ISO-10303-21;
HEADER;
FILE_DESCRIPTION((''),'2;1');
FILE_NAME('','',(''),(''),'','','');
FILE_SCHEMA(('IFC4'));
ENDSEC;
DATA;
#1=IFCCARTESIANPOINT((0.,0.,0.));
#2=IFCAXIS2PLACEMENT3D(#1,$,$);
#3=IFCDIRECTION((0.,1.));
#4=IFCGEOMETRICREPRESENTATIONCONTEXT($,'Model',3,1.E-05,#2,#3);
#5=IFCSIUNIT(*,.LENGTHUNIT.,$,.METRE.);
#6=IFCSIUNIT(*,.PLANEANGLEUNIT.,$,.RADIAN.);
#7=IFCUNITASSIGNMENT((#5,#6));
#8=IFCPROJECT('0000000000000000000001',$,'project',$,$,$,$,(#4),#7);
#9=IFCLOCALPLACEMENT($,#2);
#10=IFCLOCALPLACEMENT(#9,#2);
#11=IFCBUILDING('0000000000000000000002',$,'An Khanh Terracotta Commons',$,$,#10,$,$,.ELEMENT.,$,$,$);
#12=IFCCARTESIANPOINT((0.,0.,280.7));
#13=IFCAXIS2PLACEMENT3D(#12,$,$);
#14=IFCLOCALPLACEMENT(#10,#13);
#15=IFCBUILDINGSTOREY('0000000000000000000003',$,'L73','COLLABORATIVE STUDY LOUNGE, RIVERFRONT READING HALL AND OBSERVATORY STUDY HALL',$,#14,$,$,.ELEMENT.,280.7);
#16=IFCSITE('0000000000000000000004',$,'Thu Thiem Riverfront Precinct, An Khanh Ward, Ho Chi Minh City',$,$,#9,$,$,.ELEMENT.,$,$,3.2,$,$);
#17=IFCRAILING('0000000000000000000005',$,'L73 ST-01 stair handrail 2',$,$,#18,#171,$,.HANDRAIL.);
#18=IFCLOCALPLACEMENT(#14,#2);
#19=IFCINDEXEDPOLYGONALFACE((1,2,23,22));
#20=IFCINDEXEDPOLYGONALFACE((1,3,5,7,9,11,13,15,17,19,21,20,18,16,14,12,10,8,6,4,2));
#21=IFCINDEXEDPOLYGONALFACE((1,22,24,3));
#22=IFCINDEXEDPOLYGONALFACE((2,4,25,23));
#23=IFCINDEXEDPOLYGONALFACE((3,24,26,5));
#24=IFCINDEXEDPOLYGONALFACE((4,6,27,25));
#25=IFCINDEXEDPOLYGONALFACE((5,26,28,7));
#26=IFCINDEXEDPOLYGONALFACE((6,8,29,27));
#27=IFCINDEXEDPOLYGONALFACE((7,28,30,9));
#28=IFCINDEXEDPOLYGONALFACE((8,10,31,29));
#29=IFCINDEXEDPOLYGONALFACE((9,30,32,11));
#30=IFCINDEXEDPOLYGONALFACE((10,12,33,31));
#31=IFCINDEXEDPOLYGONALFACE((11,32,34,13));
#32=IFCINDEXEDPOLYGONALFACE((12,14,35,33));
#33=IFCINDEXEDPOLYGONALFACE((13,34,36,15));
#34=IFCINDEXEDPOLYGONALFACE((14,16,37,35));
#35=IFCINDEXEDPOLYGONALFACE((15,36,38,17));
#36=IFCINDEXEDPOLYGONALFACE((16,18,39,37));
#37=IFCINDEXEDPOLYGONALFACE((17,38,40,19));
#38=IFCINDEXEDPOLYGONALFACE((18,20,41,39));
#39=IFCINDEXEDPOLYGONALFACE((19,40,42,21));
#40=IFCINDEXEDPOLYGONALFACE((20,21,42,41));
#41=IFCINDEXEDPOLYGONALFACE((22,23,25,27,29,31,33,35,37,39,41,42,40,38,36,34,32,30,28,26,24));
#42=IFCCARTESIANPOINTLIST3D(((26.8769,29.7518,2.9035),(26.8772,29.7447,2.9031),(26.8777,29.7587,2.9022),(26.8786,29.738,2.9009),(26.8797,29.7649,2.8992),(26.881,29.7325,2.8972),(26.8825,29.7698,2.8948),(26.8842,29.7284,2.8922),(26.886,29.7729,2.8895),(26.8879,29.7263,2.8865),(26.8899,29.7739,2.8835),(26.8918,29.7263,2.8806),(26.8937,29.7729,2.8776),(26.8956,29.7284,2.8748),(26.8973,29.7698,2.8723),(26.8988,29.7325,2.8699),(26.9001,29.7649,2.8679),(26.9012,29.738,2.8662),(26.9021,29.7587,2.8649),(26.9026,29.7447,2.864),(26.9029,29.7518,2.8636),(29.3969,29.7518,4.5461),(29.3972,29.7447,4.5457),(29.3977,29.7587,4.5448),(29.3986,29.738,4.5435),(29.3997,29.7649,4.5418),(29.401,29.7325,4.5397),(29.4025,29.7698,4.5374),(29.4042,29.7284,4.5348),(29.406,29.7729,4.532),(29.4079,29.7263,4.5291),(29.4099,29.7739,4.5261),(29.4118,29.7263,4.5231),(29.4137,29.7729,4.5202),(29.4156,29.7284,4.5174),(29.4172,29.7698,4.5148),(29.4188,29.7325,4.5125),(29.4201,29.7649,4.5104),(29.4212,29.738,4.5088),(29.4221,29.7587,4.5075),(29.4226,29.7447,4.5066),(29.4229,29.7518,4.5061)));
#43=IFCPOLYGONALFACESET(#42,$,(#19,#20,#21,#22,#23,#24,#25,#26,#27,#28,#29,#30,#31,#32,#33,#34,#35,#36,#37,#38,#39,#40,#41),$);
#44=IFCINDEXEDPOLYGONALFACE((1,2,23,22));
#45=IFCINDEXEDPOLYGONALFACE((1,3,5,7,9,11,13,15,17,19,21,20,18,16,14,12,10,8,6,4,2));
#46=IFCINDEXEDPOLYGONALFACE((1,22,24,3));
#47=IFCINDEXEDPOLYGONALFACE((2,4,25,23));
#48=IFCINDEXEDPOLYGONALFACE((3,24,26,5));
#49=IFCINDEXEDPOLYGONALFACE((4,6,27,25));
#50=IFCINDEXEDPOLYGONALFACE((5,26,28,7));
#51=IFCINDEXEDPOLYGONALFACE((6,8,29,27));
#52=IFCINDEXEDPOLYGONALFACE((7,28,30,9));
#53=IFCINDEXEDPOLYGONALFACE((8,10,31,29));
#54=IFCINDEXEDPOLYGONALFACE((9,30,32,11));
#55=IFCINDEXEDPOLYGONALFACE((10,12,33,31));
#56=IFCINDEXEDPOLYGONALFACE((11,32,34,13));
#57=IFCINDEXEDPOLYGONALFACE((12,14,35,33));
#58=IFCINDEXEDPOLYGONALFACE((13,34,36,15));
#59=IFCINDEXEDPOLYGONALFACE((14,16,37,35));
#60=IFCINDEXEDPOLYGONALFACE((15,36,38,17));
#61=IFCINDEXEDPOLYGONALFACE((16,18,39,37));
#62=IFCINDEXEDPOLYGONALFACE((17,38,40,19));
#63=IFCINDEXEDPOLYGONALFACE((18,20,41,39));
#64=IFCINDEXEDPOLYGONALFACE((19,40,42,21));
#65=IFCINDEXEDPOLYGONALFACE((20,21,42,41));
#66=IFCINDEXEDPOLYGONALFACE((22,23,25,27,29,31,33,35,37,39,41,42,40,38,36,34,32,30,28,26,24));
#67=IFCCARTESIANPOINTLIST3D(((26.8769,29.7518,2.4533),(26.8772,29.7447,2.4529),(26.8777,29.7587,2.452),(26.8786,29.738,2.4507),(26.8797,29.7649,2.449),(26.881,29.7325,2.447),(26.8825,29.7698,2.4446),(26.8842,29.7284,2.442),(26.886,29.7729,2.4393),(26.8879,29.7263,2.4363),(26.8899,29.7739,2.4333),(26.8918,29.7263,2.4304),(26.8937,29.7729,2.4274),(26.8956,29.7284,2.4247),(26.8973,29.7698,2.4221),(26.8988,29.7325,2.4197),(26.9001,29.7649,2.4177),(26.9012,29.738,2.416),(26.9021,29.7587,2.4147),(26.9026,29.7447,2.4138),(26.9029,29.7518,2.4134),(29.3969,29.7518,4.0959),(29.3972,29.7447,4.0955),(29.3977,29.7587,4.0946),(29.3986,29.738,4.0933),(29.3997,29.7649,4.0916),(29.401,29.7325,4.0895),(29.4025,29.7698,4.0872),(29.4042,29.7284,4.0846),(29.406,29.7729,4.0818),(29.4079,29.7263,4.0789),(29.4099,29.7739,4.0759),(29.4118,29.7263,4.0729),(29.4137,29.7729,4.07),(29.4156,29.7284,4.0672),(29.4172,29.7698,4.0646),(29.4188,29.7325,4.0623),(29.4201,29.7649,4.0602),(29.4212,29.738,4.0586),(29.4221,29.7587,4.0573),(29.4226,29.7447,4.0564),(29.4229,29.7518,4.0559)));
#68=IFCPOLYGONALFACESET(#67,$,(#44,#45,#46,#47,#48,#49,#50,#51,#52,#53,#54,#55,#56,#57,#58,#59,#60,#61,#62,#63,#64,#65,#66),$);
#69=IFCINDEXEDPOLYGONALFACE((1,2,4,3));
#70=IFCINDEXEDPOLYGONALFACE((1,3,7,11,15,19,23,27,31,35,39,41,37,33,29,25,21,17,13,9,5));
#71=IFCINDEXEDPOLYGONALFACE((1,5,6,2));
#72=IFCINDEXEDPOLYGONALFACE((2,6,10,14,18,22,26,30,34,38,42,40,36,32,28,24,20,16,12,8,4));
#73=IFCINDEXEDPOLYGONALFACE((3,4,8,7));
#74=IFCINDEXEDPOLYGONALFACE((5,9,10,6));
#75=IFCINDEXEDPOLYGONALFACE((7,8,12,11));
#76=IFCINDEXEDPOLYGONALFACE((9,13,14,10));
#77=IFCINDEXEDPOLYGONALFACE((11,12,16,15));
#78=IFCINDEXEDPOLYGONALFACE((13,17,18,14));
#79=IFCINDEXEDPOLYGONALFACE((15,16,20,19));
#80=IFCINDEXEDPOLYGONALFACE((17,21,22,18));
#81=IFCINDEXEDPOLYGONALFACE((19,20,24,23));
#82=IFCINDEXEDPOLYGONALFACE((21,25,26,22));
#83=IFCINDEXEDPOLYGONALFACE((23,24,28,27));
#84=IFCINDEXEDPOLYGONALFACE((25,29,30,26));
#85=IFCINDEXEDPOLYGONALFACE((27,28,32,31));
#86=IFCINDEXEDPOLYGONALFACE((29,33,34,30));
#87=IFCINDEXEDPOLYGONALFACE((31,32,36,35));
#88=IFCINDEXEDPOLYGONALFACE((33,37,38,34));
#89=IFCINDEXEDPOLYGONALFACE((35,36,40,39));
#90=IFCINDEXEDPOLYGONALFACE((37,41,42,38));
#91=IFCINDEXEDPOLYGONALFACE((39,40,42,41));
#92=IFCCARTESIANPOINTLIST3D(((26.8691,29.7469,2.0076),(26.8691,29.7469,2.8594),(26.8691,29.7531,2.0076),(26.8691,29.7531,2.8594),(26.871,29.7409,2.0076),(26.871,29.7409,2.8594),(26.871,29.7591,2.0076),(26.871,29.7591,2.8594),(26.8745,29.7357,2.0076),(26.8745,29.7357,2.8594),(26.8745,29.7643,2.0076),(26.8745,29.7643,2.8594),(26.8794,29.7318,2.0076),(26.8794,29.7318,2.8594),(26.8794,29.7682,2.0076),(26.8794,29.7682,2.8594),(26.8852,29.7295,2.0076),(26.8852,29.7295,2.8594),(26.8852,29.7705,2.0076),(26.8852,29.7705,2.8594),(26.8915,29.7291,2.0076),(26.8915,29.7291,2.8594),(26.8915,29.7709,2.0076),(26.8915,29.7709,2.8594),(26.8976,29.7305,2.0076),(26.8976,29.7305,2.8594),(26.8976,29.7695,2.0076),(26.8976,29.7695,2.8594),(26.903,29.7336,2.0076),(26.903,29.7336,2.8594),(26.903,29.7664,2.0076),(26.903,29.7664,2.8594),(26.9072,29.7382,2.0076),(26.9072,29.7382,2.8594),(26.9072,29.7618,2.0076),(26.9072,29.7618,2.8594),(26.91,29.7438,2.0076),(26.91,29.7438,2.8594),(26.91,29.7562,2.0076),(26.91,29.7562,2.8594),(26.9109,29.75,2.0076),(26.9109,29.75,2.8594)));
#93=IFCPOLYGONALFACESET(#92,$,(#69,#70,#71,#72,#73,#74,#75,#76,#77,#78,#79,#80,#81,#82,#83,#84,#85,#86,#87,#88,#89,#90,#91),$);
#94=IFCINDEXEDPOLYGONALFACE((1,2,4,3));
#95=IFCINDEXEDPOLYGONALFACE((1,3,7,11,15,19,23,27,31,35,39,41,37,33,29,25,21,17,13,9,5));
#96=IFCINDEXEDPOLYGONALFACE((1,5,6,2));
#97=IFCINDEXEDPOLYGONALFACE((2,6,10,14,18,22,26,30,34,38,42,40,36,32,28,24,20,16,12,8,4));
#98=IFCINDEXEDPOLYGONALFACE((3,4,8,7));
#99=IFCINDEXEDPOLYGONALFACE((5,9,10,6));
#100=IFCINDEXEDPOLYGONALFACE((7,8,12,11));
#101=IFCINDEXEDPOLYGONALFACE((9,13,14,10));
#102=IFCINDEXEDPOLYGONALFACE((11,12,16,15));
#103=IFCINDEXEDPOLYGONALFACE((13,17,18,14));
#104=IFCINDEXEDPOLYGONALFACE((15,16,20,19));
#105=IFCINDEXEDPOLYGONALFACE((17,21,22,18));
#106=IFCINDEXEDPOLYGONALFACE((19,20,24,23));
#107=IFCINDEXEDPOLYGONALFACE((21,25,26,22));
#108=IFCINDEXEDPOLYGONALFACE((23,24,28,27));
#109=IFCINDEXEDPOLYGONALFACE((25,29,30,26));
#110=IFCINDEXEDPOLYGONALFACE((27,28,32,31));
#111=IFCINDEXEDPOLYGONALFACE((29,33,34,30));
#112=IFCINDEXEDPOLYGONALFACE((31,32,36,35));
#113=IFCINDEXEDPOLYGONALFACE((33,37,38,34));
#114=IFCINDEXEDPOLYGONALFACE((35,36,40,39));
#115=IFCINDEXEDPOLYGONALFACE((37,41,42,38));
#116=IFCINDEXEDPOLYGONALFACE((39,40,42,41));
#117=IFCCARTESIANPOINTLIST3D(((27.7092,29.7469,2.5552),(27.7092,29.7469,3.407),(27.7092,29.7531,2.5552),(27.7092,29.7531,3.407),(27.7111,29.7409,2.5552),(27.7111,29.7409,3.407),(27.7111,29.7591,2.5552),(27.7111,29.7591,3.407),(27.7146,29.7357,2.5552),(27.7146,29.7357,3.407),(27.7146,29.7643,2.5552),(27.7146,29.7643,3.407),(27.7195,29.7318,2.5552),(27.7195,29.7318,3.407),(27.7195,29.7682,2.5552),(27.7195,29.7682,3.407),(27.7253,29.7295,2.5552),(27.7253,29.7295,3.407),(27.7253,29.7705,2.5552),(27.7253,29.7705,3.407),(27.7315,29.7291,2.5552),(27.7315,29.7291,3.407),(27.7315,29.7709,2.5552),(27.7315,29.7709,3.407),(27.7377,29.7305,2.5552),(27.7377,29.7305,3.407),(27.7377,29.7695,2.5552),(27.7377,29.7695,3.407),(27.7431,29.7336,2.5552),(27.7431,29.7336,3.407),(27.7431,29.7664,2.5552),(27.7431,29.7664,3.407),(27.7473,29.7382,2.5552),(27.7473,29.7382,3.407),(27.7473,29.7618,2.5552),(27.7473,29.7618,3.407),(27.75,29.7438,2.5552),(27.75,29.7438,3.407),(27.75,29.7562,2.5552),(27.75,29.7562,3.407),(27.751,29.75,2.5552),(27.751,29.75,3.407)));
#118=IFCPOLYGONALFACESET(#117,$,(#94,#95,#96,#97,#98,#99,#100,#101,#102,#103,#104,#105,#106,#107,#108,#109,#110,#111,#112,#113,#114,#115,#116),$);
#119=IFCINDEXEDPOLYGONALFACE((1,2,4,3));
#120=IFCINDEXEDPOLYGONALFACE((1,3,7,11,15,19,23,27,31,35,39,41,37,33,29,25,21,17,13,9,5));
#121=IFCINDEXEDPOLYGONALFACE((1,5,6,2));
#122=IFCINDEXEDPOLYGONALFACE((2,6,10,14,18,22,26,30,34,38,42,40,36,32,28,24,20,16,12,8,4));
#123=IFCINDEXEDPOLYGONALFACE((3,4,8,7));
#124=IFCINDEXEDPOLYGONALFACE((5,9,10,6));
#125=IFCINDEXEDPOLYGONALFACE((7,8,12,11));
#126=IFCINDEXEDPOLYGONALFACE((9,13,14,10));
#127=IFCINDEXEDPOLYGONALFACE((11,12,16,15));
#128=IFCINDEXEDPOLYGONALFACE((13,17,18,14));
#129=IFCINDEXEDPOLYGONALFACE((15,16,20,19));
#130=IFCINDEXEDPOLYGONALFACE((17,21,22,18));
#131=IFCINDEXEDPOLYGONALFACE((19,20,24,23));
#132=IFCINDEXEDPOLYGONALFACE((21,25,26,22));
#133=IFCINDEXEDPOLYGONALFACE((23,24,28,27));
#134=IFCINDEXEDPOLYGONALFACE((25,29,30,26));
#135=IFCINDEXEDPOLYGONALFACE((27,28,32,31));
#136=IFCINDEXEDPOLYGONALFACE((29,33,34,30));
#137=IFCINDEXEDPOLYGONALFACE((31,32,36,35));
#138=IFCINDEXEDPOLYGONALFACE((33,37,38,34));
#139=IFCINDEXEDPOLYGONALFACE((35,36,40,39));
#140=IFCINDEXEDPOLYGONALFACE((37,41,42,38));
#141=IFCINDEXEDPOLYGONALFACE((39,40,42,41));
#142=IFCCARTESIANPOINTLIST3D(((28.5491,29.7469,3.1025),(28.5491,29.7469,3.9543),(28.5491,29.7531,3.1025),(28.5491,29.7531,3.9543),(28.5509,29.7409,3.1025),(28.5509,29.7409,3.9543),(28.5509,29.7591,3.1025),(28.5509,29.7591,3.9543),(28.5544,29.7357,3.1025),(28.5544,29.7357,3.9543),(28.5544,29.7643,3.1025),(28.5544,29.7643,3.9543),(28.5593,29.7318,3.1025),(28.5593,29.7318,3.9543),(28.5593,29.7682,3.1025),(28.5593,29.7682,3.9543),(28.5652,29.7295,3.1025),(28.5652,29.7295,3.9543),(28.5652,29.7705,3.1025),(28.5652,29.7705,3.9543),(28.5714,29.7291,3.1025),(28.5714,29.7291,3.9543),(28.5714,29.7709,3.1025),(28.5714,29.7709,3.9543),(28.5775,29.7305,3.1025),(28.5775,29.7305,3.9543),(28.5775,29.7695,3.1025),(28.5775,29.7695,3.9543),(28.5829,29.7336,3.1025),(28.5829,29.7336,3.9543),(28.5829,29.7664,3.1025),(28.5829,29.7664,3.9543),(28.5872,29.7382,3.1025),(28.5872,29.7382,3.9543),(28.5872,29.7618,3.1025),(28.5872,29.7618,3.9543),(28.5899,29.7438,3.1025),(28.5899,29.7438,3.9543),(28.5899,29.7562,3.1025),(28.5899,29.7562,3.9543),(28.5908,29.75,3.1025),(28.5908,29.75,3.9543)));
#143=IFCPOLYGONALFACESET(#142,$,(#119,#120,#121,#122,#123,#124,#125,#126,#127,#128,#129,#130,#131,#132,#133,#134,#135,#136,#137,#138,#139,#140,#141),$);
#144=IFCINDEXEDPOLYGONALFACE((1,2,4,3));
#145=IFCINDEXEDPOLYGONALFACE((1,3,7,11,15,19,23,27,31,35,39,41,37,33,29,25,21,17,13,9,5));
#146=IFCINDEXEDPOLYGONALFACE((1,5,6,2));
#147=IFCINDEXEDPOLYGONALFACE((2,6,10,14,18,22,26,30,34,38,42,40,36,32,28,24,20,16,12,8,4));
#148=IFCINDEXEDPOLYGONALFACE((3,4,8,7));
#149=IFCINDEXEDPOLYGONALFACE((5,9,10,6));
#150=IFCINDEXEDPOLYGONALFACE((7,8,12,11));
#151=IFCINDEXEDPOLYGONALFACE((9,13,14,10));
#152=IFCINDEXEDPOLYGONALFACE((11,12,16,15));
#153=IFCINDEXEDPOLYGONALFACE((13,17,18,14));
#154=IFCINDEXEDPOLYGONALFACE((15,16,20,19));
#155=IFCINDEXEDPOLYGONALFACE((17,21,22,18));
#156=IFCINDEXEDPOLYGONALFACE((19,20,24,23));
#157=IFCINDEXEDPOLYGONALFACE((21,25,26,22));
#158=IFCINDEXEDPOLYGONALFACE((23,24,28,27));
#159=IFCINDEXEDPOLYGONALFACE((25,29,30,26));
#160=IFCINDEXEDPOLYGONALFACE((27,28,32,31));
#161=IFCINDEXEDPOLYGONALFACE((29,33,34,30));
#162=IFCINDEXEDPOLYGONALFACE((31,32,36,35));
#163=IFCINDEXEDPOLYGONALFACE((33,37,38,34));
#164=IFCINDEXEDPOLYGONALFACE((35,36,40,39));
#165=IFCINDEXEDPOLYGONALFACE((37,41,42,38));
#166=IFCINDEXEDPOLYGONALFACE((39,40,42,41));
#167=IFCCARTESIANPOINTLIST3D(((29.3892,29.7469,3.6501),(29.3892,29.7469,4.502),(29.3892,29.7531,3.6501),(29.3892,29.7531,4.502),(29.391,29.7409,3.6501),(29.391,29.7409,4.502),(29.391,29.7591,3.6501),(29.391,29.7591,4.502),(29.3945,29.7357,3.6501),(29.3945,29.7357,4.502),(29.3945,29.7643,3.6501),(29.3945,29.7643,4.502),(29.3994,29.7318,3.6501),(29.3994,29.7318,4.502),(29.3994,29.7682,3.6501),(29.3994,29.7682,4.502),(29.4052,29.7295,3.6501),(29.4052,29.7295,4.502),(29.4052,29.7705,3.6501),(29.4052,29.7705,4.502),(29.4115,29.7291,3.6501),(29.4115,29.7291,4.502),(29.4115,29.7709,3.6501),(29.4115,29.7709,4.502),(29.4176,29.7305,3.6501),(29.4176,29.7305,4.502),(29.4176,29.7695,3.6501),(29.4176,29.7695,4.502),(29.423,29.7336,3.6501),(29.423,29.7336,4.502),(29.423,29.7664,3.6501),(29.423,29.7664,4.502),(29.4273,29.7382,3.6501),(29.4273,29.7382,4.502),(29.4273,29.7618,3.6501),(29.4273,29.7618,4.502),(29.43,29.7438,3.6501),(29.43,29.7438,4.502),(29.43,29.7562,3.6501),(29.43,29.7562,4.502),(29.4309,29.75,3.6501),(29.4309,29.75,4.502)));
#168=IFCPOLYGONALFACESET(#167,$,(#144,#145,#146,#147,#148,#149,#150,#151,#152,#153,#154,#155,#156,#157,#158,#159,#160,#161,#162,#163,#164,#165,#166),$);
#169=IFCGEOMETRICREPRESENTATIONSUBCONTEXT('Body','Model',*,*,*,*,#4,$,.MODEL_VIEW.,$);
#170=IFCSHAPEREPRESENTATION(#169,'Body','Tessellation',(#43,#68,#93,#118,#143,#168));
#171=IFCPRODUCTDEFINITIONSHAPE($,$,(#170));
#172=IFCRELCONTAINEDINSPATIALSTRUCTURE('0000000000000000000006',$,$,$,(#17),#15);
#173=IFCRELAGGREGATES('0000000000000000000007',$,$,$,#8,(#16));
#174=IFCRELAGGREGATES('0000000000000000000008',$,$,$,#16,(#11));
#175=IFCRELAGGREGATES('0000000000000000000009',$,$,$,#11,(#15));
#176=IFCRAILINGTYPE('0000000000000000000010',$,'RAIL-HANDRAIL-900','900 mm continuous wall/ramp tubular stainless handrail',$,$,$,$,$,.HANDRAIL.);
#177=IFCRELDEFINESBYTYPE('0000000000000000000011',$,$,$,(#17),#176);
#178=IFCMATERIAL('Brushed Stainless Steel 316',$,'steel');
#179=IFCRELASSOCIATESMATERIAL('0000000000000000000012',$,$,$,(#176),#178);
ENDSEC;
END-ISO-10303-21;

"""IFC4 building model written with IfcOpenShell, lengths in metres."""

from ifc_helpers import new_model, si_unit, direction, frame, origin, origin_2d, place, context, subcontext, project, spatial, circle, extrude, material, type_object, element, save


model = new_model("IFC4")

# Units and contexts
model_context = context("Model", 3, precision=1e-05, world=origin(), true_north=direction((0.0, 1.0)))
body_context = subcontext(model_context, "Body", "Model", "MODEL_VIEW")
ifc_project = project(units=[si_unit("LENGTHUNIT", "METRE"), si_unit("PLANEANGLEUNIT", "RADIAN")], contexts=[model_context])

# Site, building, storey
site_placement = place(None, origin())
site = spatial("IfcSite", under=ifc_project, at=site_placement, Name="Thu Thiem Riverfront Precinct, An Khanh Ward, Ho Chi Minh City", CompositionType="ELEMENT", RefElevation=3.2)
building_placement = place(site_placement, origin())
building = spatial("IfcBuilding", under=site, at=building_placement, Name="An Khanh Terracotta Commons", CompositionType="ELEMENT")
storey_placement = place(building_placement, frame((0.0, 0.0, 280.7)))
storey = spatial("IfcBuildingStorey", under=building, at=storey_placement, Name="L73", Description="COLLABORATIVE STUDY LOUNGE, RIVERFRONT READING HALL AND OBSERVATORY STUDY HALL", CompositionType="ELEMENT", Elevation=280.7)

# Railing
ifc_material_1 = material(Name="Brushed Stainless Steel 316", Category="steel")
railing_type_1 = type_object("IfcRailingType", Name="RAIL-HANDRAIL-900", Description="900 mm continuous wall/ramp tubular stainless handrail", PredefinedType="HANDRAIL", material=ifc_material_1)
for number, where, name in (
    (1, (26.8899, 29.75, 2.0076), "L73 ST-01 stair handrail 2"),
):
    element("IfcRailing", number, at=place(storey_placement, frame(where)), inside=storey, type_object=railing_type_1, Name=name, PredefinedType="HANDRAIL", context=body_context, shape_type="SweptSolid", body=[
        extrude(circle(Radius=0.0239, at=origin_2d()), frame((0.0, 0.0, 0.876), z_axis=(0.837749, 0.0, 0.546055), x_axis=(0.0, 1.0, 0.0)), (0.0, 0.0, 1.0), 3.0081),
        extrude(circle(Radius=0.0239, at=origin_2d()), frame((0.0, 0.0, 0.4258), z_axis=(0.837749, 0.0, 0.546055), x_axis=(0.0, 1.0, 0.0)), (0.0, 0.0, 1.0), 3.0081),
        extrude(circle(Radius=0.021, at=origin_2d()), origin(), (0.0, 0.0, 1.0), 0.8518),
        extrude(circle(Radius=0.021, at=origin_2d()), frame((0.8401, 0.0, 0.5476)), (0.0, 0.0, 1.0), 0.8518),
        extrude(circle(Radius=0.021, at=origin_2d()), frame((1.6799, 0.0, 1.095)), (0.0, 0.0, 1.0), 0.8518),
        extrude(circle(Radius=0.021, at=origin_2d()), frame((2.52, 0.0, 1.6426)), (0.0, 0.0, 1.0), 0.8518),
    ])

save(model, "model.ifc")
